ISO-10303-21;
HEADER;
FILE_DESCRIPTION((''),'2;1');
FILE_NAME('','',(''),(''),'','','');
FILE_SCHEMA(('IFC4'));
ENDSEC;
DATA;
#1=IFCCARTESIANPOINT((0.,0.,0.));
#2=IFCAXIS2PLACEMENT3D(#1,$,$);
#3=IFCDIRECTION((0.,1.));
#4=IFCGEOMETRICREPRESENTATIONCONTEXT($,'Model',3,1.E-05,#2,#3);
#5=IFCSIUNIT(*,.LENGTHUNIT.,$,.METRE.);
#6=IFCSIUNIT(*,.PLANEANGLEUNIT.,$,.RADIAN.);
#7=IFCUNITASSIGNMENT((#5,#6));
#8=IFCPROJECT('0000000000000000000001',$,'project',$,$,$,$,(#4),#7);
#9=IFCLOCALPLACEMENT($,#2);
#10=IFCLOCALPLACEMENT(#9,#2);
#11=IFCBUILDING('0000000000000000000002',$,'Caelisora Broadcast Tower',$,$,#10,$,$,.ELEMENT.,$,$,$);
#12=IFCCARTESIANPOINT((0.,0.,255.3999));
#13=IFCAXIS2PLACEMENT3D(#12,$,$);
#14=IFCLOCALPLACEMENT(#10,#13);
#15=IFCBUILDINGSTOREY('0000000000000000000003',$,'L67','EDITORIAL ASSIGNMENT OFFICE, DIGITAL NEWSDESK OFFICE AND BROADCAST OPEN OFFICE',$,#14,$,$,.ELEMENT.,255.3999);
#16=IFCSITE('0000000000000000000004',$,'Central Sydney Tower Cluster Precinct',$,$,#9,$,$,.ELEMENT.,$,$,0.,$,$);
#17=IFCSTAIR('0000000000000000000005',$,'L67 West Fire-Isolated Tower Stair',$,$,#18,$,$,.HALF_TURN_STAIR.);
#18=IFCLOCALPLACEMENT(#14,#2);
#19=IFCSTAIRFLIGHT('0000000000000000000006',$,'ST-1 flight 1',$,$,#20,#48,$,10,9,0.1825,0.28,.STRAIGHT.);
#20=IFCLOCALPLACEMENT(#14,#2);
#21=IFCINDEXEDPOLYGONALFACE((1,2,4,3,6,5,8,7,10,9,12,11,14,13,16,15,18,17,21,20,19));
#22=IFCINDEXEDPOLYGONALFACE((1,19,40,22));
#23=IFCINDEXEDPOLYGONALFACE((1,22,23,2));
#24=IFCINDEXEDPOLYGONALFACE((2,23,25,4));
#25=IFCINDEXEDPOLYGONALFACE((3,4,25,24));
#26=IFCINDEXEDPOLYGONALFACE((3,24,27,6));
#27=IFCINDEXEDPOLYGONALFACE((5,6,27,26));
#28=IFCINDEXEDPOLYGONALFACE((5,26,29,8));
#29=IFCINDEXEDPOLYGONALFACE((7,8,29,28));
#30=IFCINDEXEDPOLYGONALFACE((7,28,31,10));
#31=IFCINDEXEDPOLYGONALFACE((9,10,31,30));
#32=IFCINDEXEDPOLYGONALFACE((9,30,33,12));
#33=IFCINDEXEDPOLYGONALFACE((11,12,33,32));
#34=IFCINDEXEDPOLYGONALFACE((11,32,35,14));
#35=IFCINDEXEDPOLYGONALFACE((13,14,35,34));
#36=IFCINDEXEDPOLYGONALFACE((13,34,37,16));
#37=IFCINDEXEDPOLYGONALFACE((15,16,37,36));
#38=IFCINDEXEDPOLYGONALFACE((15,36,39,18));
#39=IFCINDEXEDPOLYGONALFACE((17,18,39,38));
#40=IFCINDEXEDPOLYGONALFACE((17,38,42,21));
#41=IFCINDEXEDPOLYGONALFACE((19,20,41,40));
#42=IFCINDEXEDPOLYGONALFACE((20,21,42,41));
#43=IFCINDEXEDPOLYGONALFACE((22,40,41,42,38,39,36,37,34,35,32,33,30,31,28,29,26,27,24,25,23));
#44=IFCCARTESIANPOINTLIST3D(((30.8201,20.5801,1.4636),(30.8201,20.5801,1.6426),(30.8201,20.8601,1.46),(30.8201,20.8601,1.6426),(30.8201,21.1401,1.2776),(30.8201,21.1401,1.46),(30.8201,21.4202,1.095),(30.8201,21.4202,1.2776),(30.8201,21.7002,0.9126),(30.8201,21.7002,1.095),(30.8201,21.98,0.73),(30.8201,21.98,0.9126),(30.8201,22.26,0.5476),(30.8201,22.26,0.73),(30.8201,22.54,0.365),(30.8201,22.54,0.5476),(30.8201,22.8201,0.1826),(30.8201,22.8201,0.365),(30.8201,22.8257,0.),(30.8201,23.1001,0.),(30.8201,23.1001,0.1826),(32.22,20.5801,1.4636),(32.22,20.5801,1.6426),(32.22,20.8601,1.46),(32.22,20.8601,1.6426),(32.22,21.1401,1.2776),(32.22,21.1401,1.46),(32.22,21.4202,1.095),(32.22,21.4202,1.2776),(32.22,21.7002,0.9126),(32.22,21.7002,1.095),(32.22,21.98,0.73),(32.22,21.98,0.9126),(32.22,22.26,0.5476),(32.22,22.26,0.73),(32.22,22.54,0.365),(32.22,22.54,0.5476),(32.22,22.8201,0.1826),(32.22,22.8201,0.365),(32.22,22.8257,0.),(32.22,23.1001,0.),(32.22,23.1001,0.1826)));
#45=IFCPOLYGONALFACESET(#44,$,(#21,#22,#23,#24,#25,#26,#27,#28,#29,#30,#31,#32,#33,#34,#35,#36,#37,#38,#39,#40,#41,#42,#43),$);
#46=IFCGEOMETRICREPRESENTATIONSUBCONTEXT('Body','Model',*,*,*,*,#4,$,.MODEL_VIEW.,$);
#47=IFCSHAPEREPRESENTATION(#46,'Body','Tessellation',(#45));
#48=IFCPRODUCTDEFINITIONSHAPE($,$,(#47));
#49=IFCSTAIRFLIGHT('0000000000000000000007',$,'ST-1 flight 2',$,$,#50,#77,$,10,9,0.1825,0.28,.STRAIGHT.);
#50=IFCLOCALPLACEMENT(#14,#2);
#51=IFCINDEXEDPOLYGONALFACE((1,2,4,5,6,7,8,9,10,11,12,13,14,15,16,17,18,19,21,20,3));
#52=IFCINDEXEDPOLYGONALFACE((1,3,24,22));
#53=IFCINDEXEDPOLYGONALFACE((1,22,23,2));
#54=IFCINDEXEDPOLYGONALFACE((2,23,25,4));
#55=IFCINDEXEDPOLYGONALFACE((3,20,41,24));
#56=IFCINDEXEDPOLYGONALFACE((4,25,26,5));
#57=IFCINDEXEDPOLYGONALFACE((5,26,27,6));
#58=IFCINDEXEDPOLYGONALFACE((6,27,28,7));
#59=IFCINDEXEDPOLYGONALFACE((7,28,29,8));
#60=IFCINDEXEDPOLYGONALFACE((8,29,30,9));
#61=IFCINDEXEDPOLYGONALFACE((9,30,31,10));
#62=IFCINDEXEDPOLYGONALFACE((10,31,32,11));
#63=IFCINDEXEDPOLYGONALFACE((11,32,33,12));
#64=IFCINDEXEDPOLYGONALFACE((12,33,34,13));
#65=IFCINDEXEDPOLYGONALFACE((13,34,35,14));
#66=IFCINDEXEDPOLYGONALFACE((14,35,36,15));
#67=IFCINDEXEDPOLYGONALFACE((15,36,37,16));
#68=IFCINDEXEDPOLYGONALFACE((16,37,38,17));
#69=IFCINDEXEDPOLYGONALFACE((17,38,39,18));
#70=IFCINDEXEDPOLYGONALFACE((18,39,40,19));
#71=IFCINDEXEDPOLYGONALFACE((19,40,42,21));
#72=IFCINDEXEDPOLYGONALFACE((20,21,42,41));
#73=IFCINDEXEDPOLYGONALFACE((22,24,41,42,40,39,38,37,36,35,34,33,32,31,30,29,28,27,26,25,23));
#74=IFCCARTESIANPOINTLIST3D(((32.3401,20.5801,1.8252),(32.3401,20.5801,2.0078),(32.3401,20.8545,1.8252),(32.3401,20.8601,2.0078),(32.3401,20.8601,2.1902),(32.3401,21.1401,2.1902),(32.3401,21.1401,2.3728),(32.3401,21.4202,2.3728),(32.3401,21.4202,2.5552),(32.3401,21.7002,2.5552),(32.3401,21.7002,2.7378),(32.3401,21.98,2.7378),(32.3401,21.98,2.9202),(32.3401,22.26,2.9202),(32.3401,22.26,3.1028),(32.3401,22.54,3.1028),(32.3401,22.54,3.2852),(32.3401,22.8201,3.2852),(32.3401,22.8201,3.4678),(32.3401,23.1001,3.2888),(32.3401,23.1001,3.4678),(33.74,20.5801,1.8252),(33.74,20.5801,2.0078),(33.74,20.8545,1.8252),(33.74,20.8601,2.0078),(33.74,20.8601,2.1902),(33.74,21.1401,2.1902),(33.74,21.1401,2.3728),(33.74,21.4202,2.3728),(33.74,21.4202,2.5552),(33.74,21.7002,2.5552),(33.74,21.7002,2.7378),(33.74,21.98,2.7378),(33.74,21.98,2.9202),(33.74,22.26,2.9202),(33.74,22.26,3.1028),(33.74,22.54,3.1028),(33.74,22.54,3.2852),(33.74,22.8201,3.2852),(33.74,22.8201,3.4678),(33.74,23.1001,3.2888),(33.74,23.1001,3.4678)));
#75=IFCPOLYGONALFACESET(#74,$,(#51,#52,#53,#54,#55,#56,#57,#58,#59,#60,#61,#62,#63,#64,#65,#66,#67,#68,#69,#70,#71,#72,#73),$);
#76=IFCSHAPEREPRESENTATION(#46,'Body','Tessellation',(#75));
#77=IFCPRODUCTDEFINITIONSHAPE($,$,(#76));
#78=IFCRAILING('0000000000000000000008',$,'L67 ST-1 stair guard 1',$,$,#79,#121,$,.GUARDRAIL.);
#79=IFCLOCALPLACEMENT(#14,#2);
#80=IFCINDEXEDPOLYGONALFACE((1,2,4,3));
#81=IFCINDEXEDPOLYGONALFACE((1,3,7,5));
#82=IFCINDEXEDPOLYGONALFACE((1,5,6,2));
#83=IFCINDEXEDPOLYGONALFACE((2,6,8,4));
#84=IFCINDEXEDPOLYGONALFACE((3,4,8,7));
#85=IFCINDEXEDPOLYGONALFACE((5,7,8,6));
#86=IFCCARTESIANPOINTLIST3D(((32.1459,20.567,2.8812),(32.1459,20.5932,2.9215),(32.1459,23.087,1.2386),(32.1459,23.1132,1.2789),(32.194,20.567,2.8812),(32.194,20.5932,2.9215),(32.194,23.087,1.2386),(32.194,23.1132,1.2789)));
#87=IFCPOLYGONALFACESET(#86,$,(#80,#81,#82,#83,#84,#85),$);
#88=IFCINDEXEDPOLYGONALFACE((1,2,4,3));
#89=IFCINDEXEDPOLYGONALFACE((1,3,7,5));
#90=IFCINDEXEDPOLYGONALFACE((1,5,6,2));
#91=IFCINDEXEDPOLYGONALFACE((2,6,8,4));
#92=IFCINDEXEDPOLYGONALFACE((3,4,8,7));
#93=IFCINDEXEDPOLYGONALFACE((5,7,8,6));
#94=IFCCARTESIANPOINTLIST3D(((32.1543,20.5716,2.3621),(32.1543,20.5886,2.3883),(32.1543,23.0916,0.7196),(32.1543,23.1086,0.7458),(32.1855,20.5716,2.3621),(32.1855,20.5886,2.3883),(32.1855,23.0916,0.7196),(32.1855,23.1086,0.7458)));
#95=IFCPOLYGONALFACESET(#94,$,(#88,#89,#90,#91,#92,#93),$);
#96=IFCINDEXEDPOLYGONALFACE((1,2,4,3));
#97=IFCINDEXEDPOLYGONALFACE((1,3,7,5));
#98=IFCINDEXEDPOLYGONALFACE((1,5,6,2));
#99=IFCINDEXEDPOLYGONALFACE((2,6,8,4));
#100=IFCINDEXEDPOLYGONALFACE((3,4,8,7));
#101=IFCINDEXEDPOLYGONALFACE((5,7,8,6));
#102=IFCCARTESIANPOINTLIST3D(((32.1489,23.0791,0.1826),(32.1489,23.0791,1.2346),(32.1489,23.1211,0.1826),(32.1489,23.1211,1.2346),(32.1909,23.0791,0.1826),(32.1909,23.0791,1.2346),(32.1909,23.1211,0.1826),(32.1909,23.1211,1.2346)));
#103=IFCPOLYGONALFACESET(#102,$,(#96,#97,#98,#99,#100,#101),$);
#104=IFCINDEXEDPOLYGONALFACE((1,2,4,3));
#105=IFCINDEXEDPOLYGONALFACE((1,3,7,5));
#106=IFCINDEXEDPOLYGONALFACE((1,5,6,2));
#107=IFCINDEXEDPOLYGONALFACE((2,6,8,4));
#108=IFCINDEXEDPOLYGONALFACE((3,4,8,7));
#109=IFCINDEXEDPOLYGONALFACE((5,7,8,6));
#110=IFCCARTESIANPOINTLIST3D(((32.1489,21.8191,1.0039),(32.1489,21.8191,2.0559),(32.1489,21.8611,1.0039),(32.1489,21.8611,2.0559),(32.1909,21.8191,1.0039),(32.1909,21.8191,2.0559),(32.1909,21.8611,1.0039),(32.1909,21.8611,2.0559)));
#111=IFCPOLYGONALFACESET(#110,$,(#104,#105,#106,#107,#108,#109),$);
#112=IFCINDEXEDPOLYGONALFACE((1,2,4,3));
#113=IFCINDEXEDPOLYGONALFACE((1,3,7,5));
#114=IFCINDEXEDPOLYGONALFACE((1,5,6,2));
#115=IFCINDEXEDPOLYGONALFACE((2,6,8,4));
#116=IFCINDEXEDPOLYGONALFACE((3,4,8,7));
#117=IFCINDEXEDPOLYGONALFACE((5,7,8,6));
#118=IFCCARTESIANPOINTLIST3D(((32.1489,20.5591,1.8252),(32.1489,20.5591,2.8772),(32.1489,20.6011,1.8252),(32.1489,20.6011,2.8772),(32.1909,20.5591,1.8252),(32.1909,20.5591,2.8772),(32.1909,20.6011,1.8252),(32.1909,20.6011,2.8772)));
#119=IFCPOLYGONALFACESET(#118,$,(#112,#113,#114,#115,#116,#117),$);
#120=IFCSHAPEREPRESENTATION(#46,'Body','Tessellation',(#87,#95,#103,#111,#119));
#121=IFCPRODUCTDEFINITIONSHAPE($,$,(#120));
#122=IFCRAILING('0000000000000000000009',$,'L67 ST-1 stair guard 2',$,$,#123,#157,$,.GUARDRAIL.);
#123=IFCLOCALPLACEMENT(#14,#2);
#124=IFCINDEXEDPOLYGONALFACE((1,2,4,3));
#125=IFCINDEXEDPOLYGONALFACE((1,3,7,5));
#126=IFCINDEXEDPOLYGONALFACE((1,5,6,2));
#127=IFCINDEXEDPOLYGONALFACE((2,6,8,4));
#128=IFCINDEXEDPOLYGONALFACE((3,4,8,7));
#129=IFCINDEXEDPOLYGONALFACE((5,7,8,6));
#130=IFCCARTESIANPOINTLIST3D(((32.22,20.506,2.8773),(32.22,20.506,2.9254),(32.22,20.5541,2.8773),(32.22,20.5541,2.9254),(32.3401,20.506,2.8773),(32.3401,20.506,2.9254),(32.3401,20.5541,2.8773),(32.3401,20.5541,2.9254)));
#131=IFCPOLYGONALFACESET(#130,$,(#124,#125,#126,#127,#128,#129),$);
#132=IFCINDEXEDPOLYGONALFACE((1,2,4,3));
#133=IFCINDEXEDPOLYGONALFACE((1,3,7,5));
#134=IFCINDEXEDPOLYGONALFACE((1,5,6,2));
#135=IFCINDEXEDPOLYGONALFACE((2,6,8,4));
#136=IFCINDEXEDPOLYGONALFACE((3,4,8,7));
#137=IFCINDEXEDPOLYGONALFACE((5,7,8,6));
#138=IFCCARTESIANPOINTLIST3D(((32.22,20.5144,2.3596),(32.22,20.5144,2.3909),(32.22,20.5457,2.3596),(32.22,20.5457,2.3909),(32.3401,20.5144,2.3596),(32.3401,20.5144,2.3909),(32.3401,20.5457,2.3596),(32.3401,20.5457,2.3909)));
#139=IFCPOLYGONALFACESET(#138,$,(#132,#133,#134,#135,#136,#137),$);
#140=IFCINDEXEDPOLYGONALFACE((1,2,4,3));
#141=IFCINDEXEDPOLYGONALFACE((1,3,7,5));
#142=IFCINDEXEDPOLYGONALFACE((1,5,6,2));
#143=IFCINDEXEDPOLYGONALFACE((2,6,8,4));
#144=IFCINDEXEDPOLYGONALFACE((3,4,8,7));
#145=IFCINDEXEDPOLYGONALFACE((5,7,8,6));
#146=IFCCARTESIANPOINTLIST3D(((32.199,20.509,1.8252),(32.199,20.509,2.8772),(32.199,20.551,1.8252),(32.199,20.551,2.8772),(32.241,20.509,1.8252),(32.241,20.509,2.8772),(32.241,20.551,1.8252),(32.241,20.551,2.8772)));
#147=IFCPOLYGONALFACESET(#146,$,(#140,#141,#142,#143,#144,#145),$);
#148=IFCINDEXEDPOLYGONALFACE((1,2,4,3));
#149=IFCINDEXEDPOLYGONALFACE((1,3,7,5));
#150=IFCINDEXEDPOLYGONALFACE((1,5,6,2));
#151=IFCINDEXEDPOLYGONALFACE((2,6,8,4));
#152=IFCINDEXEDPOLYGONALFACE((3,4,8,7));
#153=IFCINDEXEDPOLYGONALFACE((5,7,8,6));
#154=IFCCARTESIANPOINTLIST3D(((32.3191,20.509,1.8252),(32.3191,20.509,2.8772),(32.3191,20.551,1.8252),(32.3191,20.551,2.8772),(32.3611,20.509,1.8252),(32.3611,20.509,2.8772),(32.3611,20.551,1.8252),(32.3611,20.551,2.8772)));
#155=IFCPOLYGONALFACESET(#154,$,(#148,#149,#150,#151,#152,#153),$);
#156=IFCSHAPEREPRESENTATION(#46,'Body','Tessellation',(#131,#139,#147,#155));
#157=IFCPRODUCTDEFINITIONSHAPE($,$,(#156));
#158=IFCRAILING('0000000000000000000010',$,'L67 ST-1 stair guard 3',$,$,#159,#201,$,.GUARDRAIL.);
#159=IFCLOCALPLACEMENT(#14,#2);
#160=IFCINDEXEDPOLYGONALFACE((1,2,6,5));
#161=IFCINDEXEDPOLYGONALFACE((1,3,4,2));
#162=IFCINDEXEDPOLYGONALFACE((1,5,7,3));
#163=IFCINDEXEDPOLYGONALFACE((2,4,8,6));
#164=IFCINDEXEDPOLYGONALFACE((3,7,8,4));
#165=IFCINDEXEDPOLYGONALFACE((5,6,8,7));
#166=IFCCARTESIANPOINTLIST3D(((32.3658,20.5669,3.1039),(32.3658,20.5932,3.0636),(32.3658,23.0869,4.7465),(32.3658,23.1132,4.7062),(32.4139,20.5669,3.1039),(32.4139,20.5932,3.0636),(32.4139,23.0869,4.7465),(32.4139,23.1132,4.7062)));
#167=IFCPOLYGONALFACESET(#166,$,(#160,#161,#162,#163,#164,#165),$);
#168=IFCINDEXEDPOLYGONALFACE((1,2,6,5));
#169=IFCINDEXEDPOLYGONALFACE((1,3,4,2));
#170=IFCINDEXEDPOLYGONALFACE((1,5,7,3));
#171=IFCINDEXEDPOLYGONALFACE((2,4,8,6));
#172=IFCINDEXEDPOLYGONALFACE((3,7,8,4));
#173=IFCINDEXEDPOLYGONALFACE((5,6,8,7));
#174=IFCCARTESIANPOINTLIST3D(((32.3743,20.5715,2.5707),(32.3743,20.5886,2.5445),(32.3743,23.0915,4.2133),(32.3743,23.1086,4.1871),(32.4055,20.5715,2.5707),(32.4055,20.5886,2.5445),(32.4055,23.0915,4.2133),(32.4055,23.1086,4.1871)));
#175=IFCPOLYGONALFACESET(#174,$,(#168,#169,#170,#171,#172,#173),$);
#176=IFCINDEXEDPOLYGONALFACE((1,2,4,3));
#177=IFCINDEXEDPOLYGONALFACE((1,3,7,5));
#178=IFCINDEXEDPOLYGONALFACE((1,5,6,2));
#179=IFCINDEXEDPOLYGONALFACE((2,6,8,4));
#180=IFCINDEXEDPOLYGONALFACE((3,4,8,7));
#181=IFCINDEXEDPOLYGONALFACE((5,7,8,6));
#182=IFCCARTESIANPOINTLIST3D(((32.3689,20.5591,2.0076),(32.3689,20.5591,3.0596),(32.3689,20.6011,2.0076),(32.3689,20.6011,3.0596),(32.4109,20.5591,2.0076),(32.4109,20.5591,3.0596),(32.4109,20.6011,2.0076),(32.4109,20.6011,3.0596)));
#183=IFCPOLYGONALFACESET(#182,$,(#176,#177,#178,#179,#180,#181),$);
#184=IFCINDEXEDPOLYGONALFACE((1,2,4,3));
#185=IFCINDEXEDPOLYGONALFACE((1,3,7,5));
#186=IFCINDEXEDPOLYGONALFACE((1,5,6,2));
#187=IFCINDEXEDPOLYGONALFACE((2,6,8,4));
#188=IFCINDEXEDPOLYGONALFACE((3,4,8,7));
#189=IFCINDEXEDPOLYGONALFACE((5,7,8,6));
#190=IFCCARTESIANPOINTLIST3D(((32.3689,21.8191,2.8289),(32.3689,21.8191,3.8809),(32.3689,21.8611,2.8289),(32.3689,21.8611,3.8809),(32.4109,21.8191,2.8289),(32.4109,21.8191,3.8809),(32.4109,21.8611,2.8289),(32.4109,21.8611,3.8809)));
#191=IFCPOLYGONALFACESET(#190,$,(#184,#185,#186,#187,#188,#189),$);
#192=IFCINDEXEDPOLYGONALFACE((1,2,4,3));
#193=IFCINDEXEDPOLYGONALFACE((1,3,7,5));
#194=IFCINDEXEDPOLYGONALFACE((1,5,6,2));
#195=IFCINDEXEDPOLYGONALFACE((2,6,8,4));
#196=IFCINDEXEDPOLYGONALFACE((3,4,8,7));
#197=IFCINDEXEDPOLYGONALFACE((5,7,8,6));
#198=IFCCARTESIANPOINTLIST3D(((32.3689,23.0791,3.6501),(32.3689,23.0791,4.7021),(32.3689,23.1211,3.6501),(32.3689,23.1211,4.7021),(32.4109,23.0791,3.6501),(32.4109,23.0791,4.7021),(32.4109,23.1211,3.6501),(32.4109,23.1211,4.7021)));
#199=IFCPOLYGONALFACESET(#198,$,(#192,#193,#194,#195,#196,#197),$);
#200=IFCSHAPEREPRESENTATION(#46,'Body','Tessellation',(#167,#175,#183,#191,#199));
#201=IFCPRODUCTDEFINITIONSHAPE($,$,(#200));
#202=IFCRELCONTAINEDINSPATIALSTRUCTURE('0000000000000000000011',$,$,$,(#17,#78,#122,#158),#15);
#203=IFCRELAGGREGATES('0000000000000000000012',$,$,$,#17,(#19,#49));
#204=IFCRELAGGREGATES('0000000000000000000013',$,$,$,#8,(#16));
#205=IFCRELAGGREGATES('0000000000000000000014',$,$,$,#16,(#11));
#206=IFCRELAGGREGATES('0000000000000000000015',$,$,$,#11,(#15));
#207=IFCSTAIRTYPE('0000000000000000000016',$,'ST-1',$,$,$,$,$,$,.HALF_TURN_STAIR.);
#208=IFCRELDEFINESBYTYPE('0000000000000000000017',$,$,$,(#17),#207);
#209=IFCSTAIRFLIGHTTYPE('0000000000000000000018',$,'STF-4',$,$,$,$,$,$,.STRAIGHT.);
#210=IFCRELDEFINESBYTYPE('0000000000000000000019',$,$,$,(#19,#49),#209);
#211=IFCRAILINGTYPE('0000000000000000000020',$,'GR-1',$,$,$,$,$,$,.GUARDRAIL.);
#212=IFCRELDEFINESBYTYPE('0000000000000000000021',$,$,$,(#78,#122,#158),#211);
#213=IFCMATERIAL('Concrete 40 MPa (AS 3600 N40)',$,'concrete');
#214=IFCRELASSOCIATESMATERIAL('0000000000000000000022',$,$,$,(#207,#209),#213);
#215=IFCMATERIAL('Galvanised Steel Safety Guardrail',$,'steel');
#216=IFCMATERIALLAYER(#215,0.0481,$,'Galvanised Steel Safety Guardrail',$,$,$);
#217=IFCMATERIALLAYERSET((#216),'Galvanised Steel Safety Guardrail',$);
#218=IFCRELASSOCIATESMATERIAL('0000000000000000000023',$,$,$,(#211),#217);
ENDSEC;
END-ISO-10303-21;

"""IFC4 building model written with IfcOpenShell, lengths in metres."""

from ifc_helpers import new_model, si_unit, direction, frame, origin, origin_2d, place, context, subcontext, project, spatial, polyline, rectangle, outline, extrude, material, layer, layer_set, type_object, element, aggregate, save


model = new_model("IFC4")

# Units and contexts
model_context = context("Model", 3, precision=1e-05, world=origin(), true_north=direction((0.0, 1.0)))
body_context = subcontext(model_context, "Body", "Model", "MODEL_VIEW")
ifc_project = project(units=[si_unit("LENGTHUNIT", "METRE"), si_unit("PLANEANGLEUNIT", "RADIAN")], contexts=[model_context])

# Site, building, storey
site_placement = place(None, origin())
site = spatial("IfcSite", under=ifc_project, at=site_placement, Name="Central Sydney Tower Cluster Precinct", CompositionType="ELEMENT", RefElevation=0.0)
building_placement = place(site_placement, origin())
building = spatial("IfcBuilding", under=site, at=building_placement, Name="Caelisora Broadcast Tower", CompositionType="ELEMENT")
storey_placement = place(building_placement, frame((0.0, 0.0, 255.3999)))
storey = spatial("IfcBuildingStorey", under=building, at=storey_placement, Name="L67", Description="EDITORIAL ASSIGNMENT OFFICE, DIGITAL NEWSDESK OFFICE AND BROADCAST OPEN OFFICE", CompositionType="ELEMENT", Elevation=255.3999)

# Shared definitions
ifc_material_1 = material(Name="Concrete 40 MPa (AS 3600 N40)", Category="concrete")

# Stair, stair flights
stair_type = type_object("IfcStairType", Name="ST-1", PredefinedType="HALF_TURN_STAIR", material=ifc_material_1)
stair_placement = place(storey_placement, origin())
stair = element("IfcStair", 1, at=stair_placement, inside=storey, type_object=stair_type, Name="L67 West Fire-Isolated Tower Stair", PredefinedType="HALF_TURN_STAIR")
stair_flight_type = type_object("IfcStairFlightType", Name="STF-4", PredefinedType="STRAIGHT", material=ifc_material_1)
stair_flight_1_placement = place(storey_placement, frame((31.52, 23.1001, 0.0), z_axis=(0.0, 0.0, 1.0), x_axis=(0.0, -1.0, 0.0)))
stair_flight_1 = element("IfcStairFlight", 2, at=stair_flight_1_placement, type_object=stair_flight_type, Name="ST-1 flight 1", NumberOfRisers=10, NumberOfTreads=9, PredefinedType="STRAIGHT", RiserHeight=0.1825, TreadLength=0.28, context=body_context, shape_type="SweptSolid", body=[
    extrude(outline(polyline([(0.0, 0.0), (0.0, 0.1826), (0.28, 0.1826), (0.28, 0.365), (0.5601, 0.365), (0.5601, 0.5476), (0.8401, 0.5476), (0.8401, 0.73), (1.1201, 0.73), (1.1201, 0.9126), (1.3999, 0.9126), (1.3999, 1.095), (1.6799, 1.095), (1.6799, 1.2776), (1.96, 1.2776), (1.96, 1.46), (2.24, 1.46), (2.24, 1.6426), (2.52, 1.6426), (2.52, 1.825), (2.52, 1.4636), (0.2744, 0.0), (0.0, 0.0)])), frame((0.0, 0.7, 0.0), z_axis=(0.0, -1.0, 0.0), x_axis=(1.0, 0.0, 0.0)), (0.0, 0.0, 1.0), 1.3999),
])
stair_flight_2_placement = place(storey_placement, frame((33.04, 20.5801, 1.8252), z_axis=(0.0, 0.0, 1.0), x_axis=(0.0, 1.0, 0.0)))
stair_flight_2 = element("IfcStairFlight", 3, at=stair_flight_2_placement, type_object=stair_flight_type, Name="ST-1 flight 2", NumberOfRisers=10, NumberOfTreads=9, PredefinedType="STRAIGHT", RiserHeight=0.1825, TreadLength=0.28, context=body_context, shape_type="SweptSolid", body=[
    extrude(outline(polyline([(0.0, 0.0), (0.0, 0.1826), (0.28, 0.1826), (0.28, 0.365), (0.5601, 0.365), (0.5601, 0.5476), (0.8401, 0.5476), (0.8401, 0.73), (1.1201, 0.73), (1.1201, 0.9126), (1.3999, 0.9126), (1.3999, 1.095), (1.6799, 1.095), (1.6799, 1.2776), (1.96, 1.2776), (1.96, 1.46), (2.24, 1.46), (2.24, 1.6426), (2.52, 1.6426), (2.52, 1.825), (2.52, 1.4636), (0.2744, 0.0), (0.0, 0.0)])), frame((0.0, 0.7, 0.0), z_axis=(0.0, -1.0, 0.0), x_axis=(1.0, 0.0, 0.0)), (0.0, 0.0, 1.0), 1.3999),
])
aggregate(stair, [stair_flight_1, stair_flight_2])

# Railings
ifc_material_2 = material(Name="Galvanised Steel Safety Guardrail", Category="steel")
ifc_layer_1 = layer(ifc_material_2, 0.0481, Name="Galvanised Steel Safety Guardrail")
ifc_layer_set_1 = layer_set([ifc_layer_1], Name="Galvanised Steel Safety Guardrail")
railing_type_1 = type_object("IfcRailingType", Name="GR-1", PredefinedType="GUARDRAIL", material=ifc_layer_set_1)
railing_1_placement = place(storey_placement, frame((32.1699, 23.1001, 0.1826)))
element("IfcRailing", 4, at=railing_1_placement, inside=storey, type_object=railing_type_1, Name="L67 ST-1 stair guard 1", PredefinedType="GUARDRAIL", context=body_context, shape_type="SweptSolid", body=[
    extrude(rectangle(XDim=0.0481, YDim=0.0481, at=origin_2d()), frame((0.0, 0.0, 1.0762), z_axis=(0.0, -0.837749, 0.546055), x_axis=(1.0, 0.0, 0.0)), (0.0, 0.0, 1.0), 3.0081),
    extrude(rectangle(XDim=0.0312, YDim=0.0312, at=origin_2d()), frame((0.0, 0.0, 0.55), z_axis=(0.0, -0.837749, 0.546055), x_axis=(1.0, 0.0, 0.0)), (0.0, 0.0, 1.0), 3.0081),
    extrude(rectangle(XDim=0.042, YDim=0.042, at=origin_2d()), origin(), (0.0, 0.0, 1.0), 1.052),
    extrude(rectangle(XDim=0.042, YDim=0.042, at=origin_2d()), frame((0.0, -1.26, 0.8213)), (0.0, 0.0, 1.0), 1.052),
    extrude(rectangle(XDim=0.042, YDim=0.042, at=origin_2d()), frame((0.0, -2.52, 1.6426)), (0.0, 0.0, 1.0), 1.052),
])
railing_2_placement = place(storey_placement, frame((32.22, 20.53, 1.8252)))
element("IfcRailing", 5, at=railing_2_placement, inside=storey, type_object=railing_type_1, Name="L67 ST-1 stair guard 2", PredefinedType="GUARDRAIL", context=body_context, shape_type="SweptSolid", body=[
    extrude(rectangle(XDim=0.0481, YDim=0.0481, at=origin_2d()), frame((0.0, 0.0, 1.0762), z_axis=(1.0, 0.0, 0.0), x_axis=(0.0, 1.0, 0.0)), (0.0, 0.0, 1.0), 0.1201),
    extrude(rectangle(XDim=0.0312, YDim=0.0312, at=origin_2d()), frame((0.0, 0.0, 0.55), z_axis=(1.0, 0.0, 0.0), x_axis=(0.0, 1.0, 0.0)), (0.0, 0.0, 1.0), 0.1201),
    extrude(rectangle(XDim=0.042, YDim=0.042, at=origin_2d()), origin(), (0.0, 0.0, 1.0), 1.052),
    extrude(rectangle(XDim=0.042, YDim=0.042, at=origin_2d()), frame((0.1201, 0.0, 0.0)), (0.0, 0.0, 1.0), 1.052),
])
railing_3_placement = place(storey_placement, frame((32.3899, 20.5801, 2.0076)))
element("IfcRailing", 6, at=railing_3_placement, inside=storey, type_object=railing_type_1, Name="L67 ST-1 stair guard 3", PredefinedType="GUARDRAIL", context=body_context, shape_type="SweptSolid", body=[
    extrude(rectangle(XDim=0.0481, YDim=0.0481, at=origin_2d()), frame((0.0, 0.0, 1.0762), z_axis=(0.0, 0.837749, 0.546055), x_axis=(-1.0, 0.0, 0.0)), (0.0, 0.0, 1.0), 3.0081),
    extrude(rectangle(XDim=0.0312, YDim=0.0312, at=origin_2d()), frame((0.0, 0.0, 0.55), z_axis=(0.0, 0.837749, 0.546055), x_axis=(-1.0, 0.0, 0.0)), (0.0, 0.0, 1.0), 3.0081),
    extrude(rectangle(XDim=0.042, YDim=0.042, at=origin_2d()), origin(), (0.0, 0.0, 1.0), 1.052),
    extrude(rectangle(XDim=0.042, YDim=0.042, at=origin_2d()), frame((0.0, 1.26, 0.8213)), (0.0, 0.0, 1.0), 1.052),
    extrude(rectangle(XDim=0.042, YDim=0.042, at=origin_2d()), frame((0.0, 2.52, 1.6426)), (0.0, 0.0, 1.0), 1.052),
])

save(model, "model.ifc")
